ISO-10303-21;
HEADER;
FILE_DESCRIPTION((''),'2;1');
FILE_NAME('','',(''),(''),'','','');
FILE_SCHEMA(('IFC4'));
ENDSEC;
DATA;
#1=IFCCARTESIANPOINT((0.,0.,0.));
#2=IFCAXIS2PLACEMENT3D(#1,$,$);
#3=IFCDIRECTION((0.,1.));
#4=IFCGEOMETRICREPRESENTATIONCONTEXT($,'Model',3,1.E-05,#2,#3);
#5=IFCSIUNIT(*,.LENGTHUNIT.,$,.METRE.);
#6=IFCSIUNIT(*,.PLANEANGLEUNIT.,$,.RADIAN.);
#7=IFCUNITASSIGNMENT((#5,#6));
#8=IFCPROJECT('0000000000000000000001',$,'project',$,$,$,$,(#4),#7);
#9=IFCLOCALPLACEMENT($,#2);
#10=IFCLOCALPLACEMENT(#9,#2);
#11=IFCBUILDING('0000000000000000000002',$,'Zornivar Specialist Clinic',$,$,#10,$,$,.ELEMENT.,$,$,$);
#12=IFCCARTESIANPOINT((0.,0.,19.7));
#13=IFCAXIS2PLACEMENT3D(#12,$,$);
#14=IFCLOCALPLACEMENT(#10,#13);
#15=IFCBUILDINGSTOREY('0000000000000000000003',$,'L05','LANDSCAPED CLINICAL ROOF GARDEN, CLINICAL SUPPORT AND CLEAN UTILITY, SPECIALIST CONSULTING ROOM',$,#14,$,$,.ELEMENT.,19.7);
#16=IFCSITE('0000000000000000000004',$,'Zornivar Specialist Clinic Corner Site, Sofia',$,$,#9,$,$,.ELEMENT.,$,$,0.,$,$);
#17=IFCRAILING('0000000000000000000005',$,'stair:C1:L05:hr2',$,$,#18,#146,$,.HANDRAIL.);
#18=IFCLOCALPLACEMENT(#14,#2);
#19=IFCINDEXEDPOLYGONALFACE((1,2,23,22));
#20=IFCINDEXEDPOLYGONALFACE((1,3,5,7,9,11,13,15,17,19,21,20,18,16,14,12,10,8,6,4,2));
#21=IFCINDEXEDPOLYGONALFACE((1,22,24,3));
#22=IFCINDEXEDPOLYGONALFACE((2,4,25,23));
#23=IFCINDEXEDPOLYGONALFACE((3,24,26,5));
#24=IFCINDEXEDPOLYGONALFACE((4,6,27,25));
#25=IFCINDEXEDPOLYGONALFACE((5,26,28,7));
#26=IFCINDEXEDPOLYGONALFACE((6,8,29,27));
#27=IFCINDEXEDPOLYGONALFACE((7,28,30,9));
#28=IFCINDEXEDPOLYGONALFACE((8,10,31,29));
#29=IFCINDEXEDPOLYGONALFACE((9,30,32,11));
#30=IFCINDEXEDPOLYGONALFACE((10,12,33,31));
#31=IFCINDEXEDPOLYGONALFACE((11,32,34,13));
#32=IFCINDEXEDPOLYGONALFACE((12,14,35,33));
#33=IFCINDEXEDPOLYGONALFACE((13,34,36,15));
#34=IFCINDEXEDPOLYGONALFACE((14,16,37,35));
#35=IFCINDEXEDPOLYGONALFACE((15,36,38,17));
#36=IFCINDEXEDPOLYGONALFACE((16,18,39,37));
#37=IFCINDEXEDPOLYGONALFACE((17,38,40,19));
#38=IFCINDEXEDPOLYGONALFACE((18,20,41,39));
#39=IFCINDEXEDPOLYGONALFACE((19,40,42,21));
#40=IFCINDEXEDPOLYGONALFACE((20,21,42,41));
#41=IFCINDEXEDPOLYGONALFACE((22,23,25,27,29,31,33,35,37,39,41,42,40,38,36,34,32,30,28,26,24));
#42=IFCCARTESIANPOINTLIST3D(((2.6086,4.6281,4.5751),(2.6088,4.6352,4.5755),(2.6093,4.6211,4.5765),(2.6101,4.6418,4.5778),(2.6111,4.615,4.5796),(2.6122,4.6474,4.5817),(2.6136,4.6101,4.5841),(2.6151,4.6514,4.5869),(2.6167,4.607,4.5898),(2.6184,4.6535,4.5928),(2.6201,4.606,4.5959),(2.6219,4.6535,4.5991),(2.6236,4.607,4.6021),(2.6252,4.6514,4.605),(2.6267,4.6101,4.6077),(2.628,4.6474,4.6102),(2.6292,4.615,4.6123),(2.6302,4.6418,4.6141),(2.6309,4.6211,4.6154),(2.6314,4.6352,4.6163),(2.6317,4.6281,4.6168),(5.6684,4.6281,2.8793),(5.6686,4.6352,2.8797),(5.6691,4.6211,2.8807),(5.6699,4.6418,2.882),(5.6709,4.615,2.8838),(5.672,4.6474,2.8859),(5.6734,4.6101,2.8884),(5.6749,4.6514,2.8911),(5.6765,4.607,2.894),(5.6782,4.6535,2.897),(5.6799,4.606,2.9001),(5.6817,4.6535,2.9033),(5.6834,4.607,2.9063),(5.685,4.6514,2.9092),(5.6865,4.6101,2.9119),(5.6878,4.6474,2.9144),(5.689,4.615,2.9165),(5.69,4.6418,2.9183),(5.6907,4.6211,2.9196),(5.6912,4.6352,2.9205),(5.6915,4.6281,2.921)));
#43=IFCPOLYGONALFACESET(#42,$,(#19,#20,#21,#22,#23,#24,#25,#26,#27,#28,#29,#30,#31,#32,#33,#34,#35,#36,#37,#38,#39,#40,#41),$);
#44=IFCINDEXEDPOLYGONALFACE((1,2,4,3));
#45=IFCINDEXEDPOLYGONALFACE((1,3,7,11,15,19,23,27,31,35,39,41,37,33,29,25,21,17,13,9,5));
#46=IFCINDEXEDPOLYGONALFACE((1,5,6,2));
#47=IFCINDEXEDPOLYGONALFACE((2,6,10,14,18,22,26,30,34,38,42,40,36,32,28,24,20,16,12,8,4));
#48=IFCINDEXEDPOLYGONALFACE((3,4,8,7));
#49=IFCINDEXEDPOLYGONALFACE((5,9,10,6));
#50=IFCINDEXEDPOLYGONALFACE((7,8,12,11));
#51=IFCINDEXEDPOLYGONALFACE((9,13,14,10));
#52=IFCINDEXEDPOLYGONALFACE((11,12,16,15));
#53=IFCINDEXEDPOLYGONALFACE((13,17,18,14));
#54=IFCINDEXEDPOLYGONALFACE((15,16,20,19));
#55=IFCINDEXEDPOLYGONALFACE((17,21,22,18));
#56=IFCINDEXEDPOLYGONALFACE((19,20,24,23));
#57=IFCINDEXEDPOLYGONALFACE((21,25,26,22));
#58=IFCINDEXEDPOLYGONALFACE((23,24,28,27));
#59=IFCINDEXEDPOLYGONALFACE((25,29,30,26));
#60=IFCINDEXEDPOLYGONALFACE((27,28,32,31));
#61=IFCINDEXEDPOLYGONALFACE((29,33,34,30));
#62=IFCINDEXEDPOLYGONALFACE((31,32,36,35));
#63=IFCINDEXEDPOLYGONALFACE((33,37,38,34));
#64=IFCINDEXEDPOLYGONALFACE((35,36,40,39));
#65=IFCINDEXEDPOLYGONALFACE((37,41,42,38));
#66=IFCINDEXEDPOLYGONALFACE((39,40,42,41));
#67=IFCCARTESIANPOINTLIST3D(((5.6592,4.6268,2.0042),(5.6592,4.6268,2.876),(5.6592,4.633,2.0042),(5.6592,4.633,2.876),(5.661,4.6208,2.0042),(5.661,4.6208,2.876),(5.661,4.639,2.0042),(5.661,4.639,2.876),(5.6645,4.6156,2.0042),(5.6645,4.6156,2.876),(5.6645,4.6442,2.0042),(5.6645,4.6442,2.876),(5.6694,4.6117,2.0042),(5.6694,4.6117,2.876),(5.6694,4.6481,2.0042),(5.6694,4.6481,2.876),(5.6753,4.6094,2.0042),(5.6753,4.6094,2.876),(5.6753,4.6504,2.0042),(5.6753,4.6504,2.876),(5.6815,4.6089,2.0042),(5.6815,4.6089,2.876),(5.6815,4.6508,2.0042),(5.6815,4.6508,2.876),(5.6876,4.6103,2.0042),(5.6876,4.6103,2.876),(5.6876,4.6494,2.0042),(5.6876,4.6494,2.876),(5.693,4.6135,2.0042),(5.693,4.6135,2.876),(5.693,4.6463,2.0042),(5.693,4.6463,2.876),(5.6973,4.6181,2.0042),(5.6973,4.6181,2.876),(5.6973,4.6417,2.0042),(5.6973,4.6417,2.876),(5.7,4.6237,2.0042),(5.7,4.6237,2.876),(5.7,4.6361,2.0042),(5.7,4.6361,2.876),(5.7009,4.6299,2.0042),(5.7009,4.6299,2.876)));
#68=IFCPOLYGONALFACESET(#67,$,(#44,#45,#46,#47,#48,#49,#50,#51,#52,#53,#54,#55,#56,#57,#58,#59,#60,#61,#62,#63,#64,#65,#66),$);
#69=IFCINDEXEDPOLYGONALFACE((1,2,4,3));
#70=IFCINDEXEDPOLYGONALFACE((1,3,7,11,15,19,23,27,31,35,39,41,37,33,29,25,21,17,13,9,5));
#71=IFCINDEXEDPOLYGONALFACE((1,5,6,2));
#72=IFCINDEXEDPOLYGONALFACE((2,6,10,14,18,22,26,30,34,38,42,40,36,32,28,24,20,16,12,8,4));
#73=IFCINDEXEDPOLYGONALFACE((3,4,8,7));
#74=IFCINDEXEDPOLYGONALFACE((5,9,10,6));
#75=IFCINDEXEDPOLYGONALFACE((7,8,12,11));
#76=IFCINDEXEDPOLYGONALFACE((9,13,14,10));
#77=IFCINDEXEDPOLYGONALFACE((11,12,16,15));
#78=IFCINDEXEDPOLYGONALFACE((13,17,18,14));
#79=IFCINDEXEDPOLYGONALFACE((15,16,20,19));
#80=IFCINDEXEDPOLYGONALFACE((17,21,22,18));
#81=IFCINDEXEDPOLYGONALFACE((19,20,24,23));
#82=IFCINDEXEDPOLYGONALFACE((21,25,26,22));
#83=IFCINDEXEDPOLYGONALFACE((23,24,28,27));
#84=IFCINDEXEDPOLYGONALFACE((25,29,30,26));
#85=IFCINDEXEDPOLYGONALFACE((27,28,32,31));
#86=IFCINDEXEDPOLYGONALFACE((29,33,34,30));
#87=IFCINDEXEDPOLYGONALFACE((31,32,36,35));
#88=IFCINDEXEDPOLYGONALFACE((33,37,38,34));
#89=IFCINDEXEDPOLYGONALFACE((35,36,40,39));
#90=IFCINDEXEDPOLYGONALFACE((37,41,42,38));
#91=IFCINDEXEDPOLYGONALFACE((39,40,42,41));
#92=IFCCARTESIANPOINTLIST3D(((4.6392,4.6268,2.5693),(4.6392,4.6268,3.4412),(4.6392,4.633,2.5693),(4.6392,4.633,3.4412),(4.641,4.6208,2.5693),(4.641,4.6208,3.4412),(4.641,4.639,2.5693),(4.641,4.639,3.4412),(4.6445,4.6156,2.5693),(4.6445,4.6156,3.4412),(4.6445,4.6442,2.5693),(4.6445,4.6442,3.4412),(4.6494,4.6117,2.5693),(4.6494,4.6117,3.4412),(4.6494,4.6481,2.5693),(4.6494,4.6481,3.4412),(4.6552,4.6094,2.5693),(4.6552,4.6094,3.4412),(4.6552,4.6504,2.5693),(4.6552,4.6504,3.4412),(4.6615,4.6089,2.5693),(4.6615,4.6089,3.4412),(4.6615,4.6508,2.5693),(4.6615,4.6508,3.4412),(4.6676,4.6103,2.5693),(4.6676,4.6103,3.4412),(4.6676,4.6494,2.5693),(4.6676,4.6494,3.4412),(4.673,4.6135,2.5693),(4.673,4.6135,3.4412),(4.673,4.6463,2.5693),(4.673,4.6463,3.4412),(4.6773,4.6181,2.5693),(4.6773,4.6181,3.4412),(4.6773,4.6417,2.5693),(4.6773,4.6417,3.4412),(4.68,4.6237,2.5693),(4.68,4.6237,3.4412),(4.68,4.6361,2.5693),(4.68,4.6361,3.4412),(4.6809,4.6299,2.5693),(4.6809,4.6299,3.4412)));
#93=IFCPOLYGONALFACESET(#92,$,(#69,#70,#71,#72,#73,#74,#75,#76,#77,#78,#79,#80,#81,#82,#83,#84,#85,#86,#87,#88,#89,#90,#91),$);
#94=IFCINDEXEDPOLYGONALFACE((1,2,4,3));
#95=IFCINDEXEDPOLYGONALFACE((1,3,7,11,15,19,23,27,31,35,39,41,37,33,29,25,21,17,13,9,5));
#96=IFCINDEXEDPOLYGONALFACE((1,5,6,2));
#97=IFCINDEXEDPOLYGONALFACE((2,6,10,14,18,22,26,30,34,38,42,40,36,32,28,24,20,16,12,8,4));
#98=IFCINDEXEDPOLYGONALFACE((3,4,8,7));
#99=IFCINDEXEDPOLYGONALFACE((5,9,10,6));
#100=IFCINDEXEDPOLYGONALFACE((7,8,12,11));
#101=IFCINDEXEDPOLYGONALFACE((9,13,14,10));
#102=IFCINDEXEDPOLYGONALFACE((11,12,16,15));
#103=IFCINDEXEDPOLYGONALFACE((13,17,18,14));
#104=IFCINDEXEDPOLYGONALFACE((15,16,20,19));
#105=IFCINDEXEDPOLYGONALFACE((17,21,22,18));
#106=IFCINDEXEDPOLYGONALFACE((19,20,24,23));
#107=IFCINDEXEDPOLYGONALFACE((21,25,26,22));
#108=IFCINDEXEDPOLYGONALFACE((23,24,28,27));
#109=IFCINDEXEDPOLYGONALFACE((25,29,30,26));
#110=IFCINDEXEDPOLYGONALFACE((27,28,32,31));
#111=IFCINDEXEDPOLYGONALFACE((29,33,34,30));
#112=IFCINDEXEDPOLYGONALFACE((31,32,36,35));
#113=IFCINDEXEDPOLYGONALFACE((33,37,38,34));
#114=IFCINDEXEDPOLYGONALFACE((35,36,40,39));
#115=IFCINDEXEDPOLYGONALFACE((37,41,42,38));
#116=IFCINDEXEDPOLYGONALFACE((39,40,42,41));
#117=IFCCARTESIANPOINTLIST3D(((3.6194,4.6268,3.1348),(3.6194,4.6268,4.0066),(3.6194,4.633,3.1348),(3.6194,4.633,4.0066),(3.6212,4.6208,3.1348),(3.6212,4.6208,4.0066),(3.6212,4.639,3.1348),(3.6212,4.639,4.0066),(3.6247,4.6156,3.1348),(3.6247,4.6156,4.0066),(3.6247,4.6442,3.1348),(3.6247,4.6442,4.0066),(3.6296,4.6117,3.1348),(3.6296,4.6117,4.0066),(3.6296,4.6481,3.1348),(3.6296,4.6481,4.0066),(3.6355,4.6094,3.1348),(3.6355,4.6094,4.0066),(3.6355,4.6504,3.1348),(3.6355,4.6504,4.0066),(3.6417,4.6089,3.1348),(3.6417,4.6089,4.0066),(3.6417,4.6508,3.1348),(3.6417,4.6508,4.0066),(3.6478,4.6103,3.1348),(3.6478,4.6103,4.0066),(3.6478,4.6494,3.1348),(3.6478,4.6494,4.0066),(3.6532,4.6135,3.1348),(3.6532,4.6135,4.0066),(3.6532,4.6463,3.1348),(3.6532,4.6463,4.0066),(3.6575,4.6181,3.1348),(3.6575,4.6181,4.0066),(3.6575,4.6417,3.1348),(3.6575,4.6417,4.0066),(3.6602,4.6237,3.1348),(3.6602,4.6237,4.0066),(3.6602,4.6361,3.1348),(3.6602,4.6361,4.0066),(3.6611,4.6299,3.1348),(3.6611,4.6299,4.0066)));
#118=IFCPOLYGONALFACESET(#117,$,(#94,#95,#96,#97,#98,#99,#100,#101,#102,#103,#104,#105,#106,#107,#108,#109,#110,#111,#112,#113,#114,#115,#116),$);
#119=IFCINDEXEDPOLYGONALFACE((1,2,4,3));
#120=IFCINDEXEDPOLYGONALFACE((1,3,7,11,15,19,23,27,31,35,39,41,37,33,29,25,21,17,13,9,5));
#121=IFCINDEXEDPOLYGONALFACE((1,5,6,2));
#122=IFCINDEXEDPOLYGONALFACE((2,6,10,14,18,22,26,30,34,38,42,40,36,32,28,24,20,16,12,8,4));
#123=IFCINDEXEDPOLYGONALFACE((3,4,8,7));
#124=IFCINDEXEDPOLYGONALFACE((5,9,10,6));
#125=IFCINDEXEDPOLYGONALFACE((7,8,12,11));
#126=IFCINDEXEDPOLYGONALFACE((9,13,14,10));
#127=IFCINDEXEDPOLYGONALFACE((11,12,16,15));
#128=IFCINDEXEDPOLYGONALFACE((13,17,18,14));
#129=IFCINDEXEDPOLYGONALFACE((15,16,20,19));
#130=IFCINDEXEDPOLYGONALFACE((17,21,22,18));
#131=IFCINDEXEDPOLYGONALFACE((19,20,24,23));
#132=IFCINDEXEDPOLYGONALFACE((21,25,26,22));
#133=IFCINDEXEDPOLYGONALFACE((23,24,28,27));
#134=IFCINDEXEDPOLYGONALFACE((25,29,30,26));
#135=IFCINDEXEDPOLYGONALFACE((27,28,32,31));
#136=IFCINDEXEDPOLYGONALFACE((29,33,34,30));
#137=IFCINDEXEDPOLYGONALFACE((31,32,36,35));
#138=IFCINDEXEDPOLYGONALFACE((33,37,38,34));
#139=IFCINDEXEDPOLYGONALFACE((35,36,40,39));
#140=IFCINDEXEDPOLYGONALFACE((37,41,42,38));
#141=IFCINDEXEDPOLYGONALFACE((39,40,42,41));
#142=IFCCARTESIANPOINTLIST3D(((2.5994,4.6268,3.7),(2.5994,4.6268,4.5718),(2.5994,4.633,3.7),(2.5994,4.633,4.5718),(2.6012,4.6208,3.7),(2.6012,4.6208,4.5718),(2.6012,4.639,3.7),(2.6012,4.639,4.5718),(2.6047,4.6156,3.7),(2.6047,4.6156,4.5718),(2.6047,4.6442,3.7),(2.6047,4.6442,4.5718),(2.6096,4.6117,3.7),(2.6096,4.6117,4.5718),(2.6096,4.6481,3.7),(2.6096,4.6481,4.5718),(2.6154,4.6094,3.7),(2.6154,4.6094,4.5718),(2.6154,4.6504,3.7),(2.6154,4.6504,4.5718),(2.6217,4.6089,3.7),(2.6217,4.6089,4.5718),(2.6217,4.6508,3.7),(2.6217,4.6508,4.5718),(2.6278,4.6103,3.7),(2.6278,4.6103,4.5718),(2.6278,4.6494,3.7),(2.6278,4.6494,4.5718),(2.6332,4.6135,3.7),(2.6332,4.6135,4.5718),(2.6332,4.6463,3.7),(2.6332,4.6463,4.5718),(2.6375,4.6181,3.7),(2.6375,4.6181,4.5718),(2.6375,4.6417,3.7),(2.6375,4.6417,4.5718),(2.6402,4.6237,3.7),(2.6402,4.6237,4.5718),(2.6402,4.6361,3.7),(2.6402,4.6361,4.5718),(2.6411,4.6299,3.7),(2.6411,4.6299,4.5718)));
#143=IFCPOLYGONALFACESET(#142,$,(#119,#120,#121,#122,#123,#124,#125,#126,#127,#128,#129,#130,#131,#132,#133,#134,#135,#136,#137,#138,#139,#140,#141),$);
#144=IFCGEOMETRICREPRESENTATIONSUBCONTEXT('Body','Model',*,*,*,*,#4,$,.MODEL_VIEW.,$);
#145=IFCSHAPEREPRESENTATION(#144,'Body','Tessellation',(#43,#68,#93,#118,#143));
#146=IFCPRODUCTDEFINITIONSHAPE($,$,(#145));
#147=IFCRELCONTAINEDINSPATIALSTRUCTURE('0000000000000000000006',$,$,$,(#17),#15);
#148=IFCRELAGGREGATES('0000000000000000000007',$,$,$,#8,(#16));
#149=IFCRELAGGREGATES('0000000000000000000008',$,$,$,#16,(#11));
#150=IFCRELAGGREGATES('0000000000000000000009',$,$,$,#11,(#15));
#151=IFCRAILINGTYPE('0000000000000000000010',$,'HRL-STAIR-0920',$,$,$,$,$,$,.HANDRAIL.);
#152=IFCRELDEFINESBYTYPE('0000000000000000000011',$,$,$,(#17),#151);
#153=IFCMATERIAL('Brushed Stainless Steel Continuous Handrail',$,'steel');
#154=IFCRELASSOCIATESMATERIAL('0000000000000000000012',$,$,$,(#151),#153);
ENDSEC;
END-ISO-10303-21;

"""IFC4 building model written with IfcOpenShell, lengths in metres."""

from ifc_helpers import new_model, si_unit, direction, frame, origin, origin_2d, place, context, subcontext, project, spatial, circle, extrude, material, type_object, element, save


model = new_model("IFC4")

# Units and contexts
model_context = context("Model", 3, precision=1e-05, world=origin(), true_north=direction((0.0, 1.0)))
body_context = subcontext(model_context, "Body", "Model", "MODEL_VIEW")
ifc_project = project(units=[si_unit("LENGTHUNIT", "METRE"), si_unit("PLANEANGLEUNIT", "RADIAN")], contexts=[model_context])

# Site, building, storey
site_placement = place(None, origin())
site = spatial("IfcSite", under=ifc_project, at=site_placement, Name="Zornivar Specialist Clinic Corner Site, Sofia", CompositionType="ELEMENT", RefElevation=0.0)
building_placement = place(site_placement, origin())
building = spatial("IfcBuilding", under=site, at=building_placement, Name="Zornivar Specialist Clinic", CompositionType="ELEMENT")
storey_placement = place(building_placement, frame((0.0, 0.0, 19.7)))
storey = spatial("IfcBuildingStorey", under=building, at=storey_placement, Name="L05", Description="LANDSCAPED CLINICAL ROOF GARDEN, CLINICAL SUPPORT AND CLEAN UTILITY, SPECIALIST CONSULTING ROOM", CompositionType="ELEMENT", Elevation=19.7)

# Railing
ifc_material_1 = material(Name="Brushed Stainless Steel Continuous Handrail", Category="steel")
railing_type_1 = type_object("IfcRailingType", Name="HRL-STAIR-0920", PredefinedType="HANDRAIL", material=ifc_material_1)
railing_1_placement = place(storey_placement, frame((5.6799, 4.6299, 2.0042)))
element("IfcRailing", 1, at=railing_1_placement, inside=storey, type_object=railing_type_1, Name="stair:C1:L05:hr2", PredefinedType="HANDRAIL", context=body_context, shape_type="SweptSolid", body=[
    extrude(circle(Radius=0.0239, at=origin_2d()), frame((0.0, 0.0, 0.896), z_axis=(-0.874654, 0.0, 0.484748), x_axis=(0.0, -1.0, 0.0)), (0.0, 0.0, 1.0), 3.4983),
    extrude(circle(Radius=0.021, at=origin_2d()), origin(), (0.0, 0.0, 1.0), 0.8718),
    extrude(circle(Radius=0.021, at=origin_2d()), frame((-1.02, 0.0, 0.5652)), (0.0, 0.0, 1.0), 0.8718),
    extrude(circle(Radius=0.021, at=origin_2d()), frame((-2.0398, 0.0, 1.1306)), (0.0, 0.0, 1.0), 0.8718),
    extrude(circle(Radius=0.021, at=origin_2d()), frame((-3.0598, 0.0, 1.6958)), (0.0, 0.0, 1.0), 0.8718),
])

save(model, "model.ifc")
